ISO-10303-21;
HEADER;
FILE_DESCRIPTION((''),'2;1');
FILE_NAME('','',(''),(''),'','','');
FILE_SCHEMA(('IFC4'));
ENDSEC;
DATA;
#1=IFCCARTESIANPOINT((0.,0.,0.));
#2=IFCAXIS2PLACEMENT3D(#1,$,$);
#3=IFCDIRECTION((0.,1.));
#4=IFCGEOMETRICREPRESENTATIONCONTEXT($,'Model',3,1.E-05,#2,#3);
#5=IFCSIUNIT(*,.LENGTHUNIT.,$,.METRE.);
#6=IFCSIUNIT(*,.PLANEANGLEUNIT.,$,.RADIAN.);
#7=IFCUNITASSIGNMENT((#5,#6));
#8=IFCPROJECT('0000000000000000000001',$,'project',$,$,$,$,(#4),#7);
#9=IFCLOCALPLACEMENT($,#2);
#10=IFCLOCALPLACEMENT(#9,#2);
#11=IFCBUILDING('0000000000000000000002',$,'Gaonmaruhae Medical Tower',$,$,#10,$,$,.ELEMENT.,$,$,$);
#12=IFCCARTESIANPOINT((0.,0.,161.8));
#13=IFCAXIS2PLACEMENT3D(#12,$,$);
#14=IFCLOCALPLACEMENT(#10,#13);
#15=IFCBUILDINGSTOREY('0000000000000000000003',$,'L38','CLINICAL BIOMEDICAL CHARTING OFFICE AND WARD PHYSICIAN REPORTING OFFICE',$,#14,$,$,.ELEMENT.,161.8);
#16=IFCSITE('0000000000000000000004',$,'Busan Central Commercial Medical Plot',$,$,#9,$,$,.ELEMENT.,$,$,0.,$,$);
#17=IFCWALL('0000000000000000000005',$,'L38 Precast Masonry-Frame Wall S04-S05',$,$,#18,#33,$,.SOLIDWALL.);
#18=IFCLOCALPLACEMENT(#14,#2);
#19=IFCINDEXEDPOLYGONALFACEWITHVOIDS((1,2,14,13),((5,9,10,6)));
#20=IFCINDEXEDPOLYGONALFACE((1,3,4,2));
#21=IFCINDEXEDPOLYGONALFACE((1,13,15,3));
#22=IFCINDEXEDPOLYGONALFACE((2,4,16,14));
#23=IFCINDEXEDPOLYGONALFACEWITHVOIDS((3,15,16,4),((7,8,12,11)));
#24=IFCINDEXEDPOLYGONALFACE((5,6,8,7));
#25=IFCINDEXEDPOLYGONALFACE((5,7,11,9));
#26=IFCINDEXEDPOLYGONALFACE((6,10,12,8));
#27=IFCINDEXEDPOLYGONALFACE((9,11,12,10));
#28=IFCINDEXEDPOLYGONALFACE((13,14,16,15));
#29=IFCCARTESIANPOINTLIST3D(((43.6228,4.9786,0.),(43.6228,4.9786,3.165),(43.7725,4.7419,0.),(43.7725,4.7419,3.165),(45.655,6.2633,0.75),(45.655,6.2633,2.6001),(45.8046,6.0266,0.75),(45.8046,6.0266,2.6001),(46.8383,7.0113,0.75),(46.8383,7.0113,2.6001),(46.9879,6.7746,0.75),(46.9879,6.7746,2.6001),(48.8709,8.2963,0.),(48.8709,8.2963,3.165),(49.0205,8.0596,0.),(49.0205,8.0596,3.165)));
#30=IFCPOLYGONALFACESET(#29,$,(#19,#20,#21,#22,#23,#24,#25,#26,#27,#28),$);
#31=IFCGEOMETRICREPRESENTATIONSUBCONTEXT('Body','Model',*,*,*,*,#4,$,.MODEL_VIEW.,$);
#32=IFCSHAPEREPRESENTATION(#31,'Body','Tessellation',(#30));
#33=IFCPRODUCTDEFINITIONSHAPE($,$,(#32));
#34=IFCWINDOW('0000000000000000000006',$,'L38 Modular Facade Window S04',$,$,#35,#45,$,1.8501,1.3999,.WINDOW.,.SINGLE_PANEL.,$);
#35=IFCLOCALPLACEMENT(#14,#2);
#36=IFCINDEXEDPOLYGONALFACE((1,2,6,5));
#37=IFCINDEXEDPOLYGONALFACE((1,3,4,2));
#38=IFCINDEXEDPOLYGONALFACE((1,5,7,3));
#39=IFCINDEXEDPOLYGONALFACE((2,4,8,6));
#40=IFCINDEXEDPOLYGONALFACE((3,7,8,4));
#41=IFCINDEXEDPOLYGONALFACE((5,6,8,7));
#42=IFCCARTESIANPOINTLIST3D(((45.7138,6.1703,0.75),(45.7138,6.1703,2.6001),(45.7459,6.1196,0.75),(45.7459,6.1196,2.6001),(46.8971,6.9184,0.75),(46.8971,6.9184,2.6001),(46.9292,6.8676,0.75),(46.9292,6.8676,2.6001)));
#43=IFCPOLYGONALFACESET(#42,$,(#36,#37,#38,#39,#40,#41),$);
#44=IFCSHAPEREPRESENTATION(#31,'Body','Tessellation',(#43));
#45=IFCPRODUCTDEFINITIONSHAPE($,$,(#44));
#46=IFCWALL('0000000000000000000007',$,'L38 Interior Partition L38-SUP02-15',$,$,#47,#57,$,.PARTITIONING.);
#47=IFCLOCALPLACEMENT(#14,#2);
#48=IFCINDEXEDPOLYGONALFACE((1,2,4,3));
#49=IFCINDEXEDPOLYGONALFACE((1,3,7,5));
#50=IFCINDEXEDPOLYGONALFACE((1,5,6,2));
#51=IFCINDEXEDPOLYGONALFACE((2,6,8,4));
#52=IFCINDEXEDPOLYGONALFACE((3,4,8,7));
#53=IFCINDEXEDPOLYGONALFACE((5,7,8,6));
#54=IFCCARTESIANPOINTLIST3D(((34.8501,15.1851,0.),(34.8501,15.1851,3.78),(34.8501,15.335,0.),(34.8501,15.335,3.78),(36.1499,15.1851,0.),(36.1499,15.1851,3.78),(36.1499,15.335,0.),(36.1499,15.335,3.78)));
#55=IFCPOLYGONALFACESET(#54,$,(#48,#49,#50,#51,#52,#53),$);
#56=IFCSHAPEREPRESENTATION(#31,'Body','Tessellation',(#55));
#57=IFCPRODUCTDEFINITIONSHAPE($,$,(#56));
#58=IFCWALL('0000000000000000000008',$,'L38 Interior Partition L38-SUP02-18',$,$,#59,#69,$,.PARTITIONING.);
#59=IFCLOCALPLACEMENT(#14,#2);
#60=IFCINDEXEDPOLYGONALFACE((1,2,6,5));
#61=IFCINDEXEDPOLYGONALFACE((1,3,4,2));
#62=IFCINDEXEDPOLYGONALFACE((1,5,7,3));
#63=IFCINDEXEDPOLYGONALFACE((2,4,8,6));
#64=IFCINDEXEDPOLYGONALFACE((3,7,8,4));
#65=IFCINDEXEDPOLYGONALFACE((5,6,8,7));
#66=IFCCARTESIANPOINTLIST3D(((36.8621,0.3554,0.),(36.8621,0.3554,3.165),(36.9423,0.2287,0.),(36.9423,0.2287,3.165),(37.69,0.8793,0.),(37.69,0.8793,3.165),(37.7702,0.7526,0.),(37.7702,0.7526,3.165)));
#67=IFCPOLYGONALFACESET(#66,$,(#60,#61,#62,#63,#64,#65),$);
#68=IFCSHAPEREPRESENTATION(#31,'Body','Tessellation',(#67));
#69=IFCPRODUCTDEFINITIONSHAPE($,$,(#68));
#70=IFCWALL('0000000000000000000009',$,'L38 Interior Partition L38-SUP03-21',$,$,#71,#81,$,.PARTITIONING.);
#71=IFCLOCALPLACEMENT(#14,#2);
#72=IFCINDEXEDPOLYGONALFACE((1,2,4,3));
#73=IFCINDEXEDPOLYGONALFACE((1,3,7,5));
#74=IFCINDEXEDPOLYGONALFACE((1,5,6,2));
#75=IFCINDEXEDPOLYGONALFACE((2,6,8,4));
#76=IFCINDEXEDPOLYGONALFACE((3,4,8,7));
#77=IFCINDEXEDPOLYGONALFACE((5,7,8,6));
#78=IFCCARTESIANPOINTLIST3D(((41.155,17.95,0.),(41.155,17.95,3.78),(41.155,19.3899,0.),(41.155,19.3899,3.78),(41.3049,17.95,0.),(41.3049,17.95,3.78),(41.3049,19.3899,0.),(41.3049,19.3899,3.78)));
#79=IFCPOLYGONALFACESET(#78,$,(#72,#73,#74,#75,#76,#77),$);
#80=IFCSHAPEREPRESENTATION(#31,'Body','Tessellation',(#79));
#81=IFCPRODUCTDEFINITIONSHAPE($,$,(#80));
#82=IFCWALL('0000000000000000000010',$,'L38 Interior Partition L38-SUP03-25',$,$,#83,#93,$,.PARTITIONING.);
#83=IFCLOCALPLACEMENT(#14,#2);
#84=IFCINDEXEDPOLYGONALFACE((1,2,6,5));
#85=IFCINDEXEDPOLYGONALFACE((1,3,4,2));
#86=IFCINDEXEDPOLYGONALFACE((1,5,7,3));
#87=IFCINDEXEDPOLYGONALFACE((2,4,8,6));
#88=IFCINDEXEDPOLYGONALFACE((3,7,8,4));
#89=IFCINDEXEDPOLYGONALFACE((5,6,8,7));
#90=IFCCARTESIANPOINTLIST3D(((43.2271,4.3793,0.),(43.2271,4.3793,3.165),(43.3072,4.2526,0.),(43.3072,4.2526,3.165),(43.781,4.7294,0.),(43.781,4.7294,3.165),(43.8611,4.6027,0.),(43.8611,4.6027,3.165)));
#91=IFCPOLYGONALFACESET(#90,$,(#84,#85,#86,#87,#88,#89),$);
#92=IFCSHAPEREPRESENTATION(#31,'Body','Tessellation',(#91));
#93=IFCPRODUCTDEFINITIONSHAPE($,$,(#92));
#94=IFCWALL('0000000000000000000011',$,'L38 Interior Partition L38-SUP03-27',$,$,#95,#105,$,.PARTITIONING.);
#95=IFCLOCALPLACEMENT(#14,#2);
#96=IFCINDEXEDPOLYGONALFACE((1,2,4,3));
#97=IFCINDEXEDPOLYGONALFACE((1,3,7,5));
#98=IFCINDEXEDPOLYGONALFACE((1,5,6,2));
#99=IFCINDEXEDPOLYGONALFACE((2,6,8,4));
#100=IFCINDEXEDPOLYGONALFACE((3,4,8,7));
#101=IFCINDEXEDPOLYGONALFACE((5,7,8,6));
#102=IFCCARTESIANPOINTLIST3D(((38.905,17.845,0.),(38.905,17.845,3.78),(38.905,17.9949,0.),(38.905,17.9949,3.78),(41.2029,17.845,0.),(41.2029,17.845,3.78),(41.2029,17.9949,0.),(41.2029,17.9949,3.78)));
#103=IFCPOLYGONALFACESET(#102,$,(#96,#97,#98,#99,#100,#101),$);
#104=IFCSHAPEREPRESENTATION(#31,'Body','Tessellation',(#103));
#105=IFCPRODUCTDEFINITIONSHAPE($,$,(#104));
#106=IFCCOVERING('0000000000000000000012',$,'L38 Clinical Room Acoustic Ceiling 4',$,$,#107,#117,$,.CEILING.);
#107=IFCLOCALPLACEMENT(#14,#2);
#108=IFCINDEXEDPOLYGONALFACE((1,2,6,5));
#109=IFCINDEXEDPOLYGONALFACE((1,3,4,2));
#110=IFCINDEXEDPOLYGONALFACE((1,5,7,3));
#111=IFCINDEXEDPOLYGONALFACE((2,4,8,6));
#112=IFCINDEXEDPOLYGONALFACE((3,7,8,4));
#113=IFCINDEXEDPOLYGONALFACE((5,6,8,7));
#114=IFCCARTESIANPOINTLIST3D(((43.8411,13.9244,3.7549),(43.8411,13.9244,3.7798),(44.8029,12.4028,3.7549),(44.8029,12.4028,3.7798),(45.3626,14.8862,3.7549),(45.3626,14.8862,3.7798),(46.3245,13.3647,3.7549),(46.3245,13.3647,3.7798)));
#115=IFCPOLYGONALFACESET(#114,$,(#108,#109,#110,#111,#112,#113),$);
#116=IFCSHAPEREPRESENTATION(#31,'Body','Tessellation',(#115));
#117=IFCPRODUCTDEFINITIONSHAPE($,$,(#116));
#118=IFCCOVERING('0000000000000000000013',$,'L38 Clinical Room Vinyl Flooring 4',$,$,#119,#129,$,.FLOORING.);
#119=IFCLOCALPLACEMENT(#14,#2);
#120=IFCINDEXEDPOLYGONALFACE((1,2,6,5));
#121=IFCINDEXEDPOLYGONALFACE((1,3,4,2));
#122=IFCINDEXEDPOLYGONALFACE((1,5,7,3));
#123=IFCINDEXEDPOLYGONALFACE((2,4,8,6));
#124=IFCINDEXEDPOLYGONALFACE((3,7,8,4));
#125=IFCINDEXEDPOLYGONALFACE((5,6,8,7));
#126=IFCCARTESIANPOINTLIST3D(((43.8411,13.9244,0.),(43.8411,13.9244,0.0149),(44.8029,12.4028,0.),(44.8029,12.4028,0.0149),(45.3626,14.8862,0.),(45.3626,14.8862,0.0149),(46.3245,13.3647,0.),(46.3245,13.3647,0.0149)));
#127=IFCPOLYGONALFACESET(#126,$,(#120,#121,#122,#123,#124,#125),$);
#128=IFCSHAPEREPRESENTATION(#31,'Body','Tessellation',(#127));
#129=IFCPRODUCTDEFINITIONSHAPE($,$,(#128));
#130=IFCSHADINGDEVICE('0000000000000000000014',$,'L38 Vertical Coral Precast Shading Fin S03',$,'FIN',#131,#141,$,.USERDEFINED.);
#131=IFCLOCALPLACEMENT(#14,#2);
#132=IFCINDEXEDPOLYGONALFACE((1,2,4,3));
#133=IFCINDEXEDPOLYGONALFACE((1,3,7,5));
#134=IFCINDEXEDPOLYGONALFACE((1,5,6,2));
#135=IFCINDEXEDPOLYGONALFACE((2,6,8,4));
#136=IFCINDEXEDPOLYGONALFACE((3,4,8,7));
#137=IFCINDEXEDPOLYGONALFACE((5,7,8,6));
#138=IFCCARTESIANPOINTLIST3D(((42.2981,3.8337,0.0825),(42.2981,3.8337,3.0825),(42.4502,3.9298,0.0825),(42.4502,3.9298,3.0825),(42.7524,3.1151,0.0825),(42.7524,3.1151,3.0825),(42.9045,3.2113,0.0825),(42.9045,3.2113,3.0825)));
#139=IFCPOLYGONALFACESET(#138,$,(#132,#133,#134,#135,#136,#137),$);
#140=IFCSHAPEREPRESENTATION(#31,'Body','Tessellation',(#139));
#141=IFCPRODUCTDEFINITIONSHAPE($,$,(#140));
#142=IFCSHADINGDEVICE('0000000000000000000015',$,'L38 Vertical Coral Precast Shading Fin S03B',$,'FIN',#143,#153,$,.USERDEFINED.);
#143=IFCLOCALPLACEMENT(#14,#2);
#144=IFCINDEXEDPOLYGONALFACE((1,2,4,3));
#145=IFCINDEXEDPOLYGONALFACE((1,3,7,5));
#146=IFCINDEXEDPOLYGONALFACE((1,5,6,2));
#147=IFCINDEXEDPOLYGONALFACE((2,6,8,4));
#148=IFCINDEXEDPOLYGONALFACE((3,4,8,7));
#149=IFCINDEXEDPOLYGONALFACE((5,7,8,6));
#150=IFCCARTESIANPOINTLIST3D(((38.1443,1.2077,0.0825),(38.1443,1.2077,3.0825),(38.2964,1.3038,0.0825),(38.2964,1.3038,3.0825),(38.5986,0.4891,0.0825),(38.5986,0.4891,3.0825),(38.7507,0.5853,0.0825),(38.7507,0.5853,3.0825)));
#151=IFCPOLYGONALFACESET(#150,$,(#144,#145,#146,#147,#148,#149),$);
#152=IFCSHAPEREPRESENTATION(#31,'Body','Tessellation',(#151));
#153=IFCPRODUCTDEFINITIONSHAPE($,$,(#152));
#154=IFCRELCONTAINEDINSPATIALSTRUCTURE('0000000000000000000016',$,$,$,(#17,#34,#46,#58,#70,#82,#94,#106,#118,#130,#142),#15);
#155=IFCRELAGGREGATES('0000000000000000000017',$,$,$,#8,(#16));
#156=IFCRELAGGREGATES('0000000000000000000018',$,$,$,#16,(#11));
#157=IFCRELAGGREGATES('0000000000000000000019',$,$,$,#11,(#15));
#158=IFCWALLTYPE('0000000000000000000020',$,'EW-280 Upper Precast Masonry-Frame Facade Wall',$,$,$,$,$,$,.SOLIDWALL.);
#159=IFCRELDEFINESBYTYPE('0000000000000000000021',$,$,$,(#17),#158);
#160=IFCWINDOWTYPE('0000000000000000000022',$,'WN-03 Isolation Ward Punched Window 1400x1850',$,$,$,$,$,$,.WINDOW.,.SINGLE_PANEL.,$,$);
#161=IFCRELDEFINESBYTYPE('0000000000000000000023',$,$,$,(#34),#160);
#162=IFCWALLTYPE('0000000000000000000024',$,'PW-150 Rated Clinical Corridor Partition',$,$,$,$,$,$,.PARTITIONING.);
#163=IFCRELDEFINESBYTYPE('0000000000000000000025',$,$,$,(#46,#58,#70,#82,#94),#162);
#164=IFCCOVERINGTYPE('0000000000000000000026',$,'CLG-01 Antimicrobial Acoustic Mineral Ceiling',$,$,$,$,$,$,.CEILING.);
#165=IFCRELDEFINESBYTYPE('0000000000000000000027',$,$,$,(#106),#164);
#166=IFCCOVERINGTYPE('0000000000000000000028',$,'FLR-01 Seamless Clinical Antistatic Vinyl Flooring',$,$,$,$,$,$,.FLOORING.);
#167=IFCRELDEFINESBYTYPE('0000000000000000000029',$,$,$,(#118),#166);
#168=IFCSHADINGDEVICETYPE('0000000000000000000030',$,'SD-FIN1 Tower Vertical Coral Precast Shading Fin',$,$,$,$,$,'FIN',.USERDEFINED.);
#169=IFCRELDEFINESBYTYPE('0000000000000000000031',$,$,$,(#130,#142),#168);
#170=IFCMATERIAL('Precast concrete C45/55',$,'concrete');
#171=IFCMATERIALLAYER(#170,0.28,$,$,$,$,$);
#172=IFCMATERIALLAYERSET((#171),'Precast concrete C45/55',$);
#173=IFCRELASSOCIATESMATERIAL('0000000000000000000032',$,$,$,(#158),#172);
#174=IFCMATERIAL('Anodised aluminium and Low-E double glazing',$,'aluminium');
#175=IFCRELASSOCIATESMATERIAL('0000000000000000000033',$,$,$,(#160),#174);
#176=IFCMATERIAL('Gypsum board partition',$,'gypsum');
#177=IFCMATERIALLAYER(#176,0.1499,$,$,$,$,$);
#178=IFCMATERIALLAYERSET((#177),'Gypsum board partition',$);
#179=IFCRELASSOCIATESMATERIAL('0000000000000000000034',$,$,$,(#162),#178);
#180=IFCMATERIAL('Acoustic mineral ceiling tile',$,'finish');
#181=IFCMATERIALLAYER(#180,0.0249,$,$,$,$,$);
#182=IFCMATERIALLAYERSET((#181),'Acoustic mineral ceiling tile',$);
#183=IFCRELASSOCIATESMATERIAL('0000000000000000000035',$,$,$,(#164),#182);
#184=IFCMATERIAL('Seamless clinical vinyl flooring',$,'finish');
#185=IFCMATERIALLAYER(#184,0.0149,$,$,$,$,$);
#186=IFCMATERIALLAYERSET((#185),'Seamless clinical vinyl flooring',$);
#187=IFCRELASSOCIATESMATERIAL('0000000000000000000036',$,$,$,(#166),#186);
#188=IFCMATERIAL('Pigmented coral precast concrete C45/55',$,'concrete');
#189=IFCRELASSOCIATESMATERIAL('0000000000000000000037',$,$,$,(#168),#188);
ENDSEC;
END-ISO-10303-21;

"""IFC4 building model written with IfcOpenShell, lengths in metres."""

from ifc_helpers import new_model, si_unit, direction, frame, frame_2d, origin, origin_2d, place, context, subcontext, project, spatial, rectangle, extrude, material, layer, layer_set, type_object, element, fill, save


model = new_model("IFC4")

# Units and contexts
model_context = context("Model", 3, precision=1e-05, world=origin(), true_north=direction((0.0, 1.0)))
body_context = subcontext(model_context, "Body", "Model", "MODEL_VIEW")
ifc_project = project(units=[si_unit("LENGTHUNIT", "METRE"), si_unit("PLANEANGLEUNIT", "RADIAN")], contexts=[model_context])

# Site, building, storey
site_placement = place(None, origin())
site = spatial("IfcSite", under=ifc_project, at=site_placement, Name="Busan Central Commercial Medical Plot", CompositionType="ELEMENT", RefElevation=0.0)
building_placement = place(site_placement, origin())
building = spatial("IfcBuilding", under=site, at=building_placement, Name="Gaonmaruhae Medical Tower", CompositionType="ELEMENT")
storey_placement = place(building_placement, frame((0.0, 0.0, 161.8)))
storey = spatial("IfcBuildingStorey", under=building, at=storey_placement, Name="L38", Description="CLINICAL BIOMEDICAL CHARTING OFFICE AND WARD PHYSICIAN REPORTING OFFICE", CompositionType="ELEMENT", Elevation=161.8)

# Wall, opening, window
ifc_material_1 = material(Name="Precast concrete C45/55", Category="concrete")
ifc_layer_1 = layer(ifc_material_1, 0.28)
ifc_layer_set_1 = layer_set([ifc_layer_1], Name="Precast concrete C45/55")
wall_type_1 = type_object("IfcWallType", Name="EW-280 Upper Precast Masonry-Frame Facade Wall", PredefinedType="SOLIDWALL", material=ifc_layer_set_1)
ifc_material_2 = material(Name="Anodised aluminium and Low-E double glazing", Category="aluminium")
wall_1_placement = place(storey_placement, frame((48.9458, 8.178, 0.0), z_axis=(0.0, 0.0, 1.0), x_axis=(-0.845266, -0.534347, 0.0)))
wall_1 = element("IfcWall", 1, at=wall_1_placement, inside=storey, type_object=wall_type_1, Name="L38 Precast Masonry-Frame Wall S04-S05", PredefinedType="SOLIDWALL", context=body_context, shape_type="SweptSolid", body=[
    extrude(rectangle(XDim=6.2087, YDim=0.28, at=frame_2d((3.1045, 0.0))), origin(), (0.0, 0.0, 1.0), 3.165),
])
opening_1_placement = place(wall_1_placement, frame((2.4048, 0.0, 0.75)))
opening_1 = element("IfcOpeningElement", 2, at=opening_1_placement, cuts=wall_1, PredefinedType="OPENING", context=body_context, shape_type="SweptSolid", body=[
    extrude(rectangle(XDim=1.3999, YDim=1.8501, at=frame_2d((0.7, 0.925))), frame((0.0, 0.1499, 0.0), z_axis=(0.0, -1.0, 0.0), x_axis=(1.0, 0.0, 0.0)), (0.0, 0.0, 1.0), 0.3),
])
window_type_1 = type_object("IfcWindowType", Name="WN-03 Isolation Ward Punched Window 1400x1850", PartitioningType="SINGLE_PANEL", PredefinedType="WINDOW", material=ifc_material_2)
window_1_placement = place(opening_1_placement, origin())
window_1 = element("IfcWindow", 3, at=window_1_placement, inside=storey, type_object=window_type_1, Name="L38 Modular Facade Window S04", OverallHeight=1.8501, OverallWidth=1.3999, PartitioningType="SINGLE_PANEL", PredefinedType="WINDOW", context=body_context, shape_type="SweptSolid", body=[
    extrude(rectangle(XDim=1.3999, YDim=1.8501, at=frame_2d((0.7, 0.925))), frame((0.0, 0.03, 0.0), z_axis=(0.0, -1.0, 0.0), x_axis=(1.0, 0.0, 0.0)), (0.0, 0.0, 1.0), 0.0601),
])
fill(opening_1, window_1)

# Walls
ifc_material_3 = material(Name="Gypsum board partition", Category="gypsum")
ifc_layer_2 = layer(ifc_material_3, 0.1499)
ifc_layer_set_2 = layer_set([ifc_layer_2], Name="Gypsum board partition")
wall_type_2 = type_object("IfcWallType", Name="PW-150 Rated Clinical Corridor Partition", PredefinedType="PARTITIONING", material=ifc_layer_set_2)
wall_2_placement = place(storey_placement, frame((36.1499, 15.26, 0.0), z_axis=(0.0, 0.0, 1.0), x_axis=(-1.0, 0.0, 0.0)))
element("IfcWall", 4, at=wall_2_placement, inside=storey, type_object=wall_type_2, Name="L38 Interior Partition L38-SUP02-15", PredefinedType="PARTITIONING", context=body_context, shape_type="SweptSolid", body=[
    extrude(rectangle(XDim=1.2998, YDim=0.1499, at=frame_2d((0.6499, 0.0))), origin(), (0.0, 0.0, 1.0), 3.78),
])
wall_3_placement = place(storey_placement, frame((37.73, 0.8159, 0.0), z_axis=(0.0, 0.0, 1.0), x_axis=(-0.845003, -0.534762, 0.0)))
element("IfcWall", 5, at=wall_3_placement, inside=storey, type_object=wall_type_2, Name="L38 Interior Partition L38-SUP02-18", PredefinedType="PARTITIONING", context=body_context, shape_type="SweptSolid", body=[
    extrude(rectangle(XDim=0.9797, YDim=0.1499, at=frame_2d((0.4897, 0.0))), origin(), (0.0, 0.0, 1.0), 3.165),
])
wall_4_placement = place(storey_placement, frame((41.23, 17.95, 0.0), z_axis=(0.0, 0.0, 1.0), x_axis=(0.0, 1.0, 0.0)))
element("IfcWall", 6, at=wall_4_placement, inside=storey, type_object=wall_type_2, Name="L38 Interior Partition L38-SUP03-21", PredefinedType="PARTITIONING", context=body_context, shape_type="SweptSolid", body=[
    extrude(rectangle(XDim=1.4399, YDim=0.1499, at=frame_2d((0.72, 0.0))), origin(), (0.0, 0.0, 1.0), 3.78),
])
wall_5_placement = place(storey_placement, frame((43.821, 4.666, 0.0), z_axis=(0.0, 0.0, 1.0), x_axis=(-0.84533, -0.534245, 0.0)))
element("IfcWall", 7, at=wall_5_placement, inside=storey, type_object=wall_type_2, Name="L38 Interior Partition L38-SUP03-25", PredefinedType="PARTITIONING", context=body_context, shape_type="SweptSolid", body=[
    extrude(rectangle(XDim=0.6553, YDim=0.1499, at=frame_2d((0.3276, 0.0))), origin(), (0.0, 0.0, 1.0), 3.165),
])
wall_6_placement = place(storey_placement, frame((38.905, 17.9199, 0.0), z_axis=(0.0, 0.0, 1.0), x_axis=(1.0, 0.0, 0.0)))
element("IfcWall", 8, at=wall_6_placement, inside=storey, type_object=wall_type_2, Name="L38 Interior Partition L38-SUP03-27", PredefinedType="PARTITIONING", context=body_context, shape_type="SweptSolid", body=[
    extrude(rectangle(XDim=2.2979, YDim=0.1499, at=frame_2d((1.1489, 0.0))), origin(), (0.0, 0.0, 1.0), 3.78),
])

# Coverings
ifc_material_4 = material(Name="Acoustic mineral ceiling tile", Category="finish")
ifc_layer_3 = layer(ifc_material_4, 0.0249)
ifc_layer_set_3 = layer_set([ifc_layer_3], Name="Acoustic mineral ceiling tile")
covering_type_1 = type_object("IfcCoveringType", Name="CLG-01 Antimicrobial Acoustic Mineral Ceiling", PredefinedType="CEILING", material=ifc_layer_set_3)
covering_1_placement = place(storey_placement, frame((45.0828, 13.6445, 3.7549), z_axis=(0.0, 0.0, 1.0), x_axis=(0.845262, 0.534352, 0.0)))
element("IfcCovering", 9, at=covering_1_placement, inside=storey, type_object=covering_type_1, Name="L38 Clinical Room Acoustic Ceiling 4", PredefinedType="CEILING", context=body_context, shape_type="SweptSolid", body=[
    extrude(rectangle(XDim=1.8, YDim=1.8, at=origin_2d()), origin(), (0.0, 0.0, 1.0), 0.0249),
])
ifc_material_5 = material(Name="Seamless clinical vinyl flooring", Category="finish")
ifc_layer_4 = layer(ifc_material_5, 0.0149)
ifc_layer_set_4 = layer_set([ifc_layer_4], Name="Seamless clinical vinyl flooring")
covering_type_2 = type_object("IfcCoveringType", Name="FLR-01 Seamless Clinical Antistatic Vinyl Flooring", PredefinedType="FLOORING", material=ifc_layer_set_4)
covering_2_placement = place(storey_placement, frame((45.0828, 13.6445, 0.0), z_axis=(0.0, 0.0, 1.0), x_axis=(0.845262, 0.534352, 0.0)))
element("IfcCovering", 10, at=covering_2_placement, inside=storey, type_object=covering_type_2, Name="L38 Clinical Room Vinyl Flooring 4", PredefinedType="FLOORING", context=body_context, shape_type="SweptSolid", body=[
    extrude(rectangle(XDim=1.8, YDim=1.8, at=origin_2d()), origin(), (0.0, 0.0, 1.0), 0.0149),
])

# Shading devices
ifc_material_6 = material(Name="Pigmented coral precast concrete C45/55", Category="concrete")
shading_device_type = type_object("IfcShadingDeviceType", Name="SD-FIN1 Tower Vertical Coral Precast Shading Fin", ElementType="FIN", PredefinedType="USERDEFINED", material=ifc_material_6)
for number, where, z_axis, x_axis, name in (
    (11, (42.6013, 3.5225, 0.0825), (0.0, 0.0, 1.0), (-0.845262, -0.534352, 0.0), "L38 Vertical Coral Precast Shading Fin S03"),
    (12, (38.4475, 0.8965, 0.0825), (0.0, 0.0, 1.0), (-0.845262, -0.534352, 0.0), "L38 Vertical Coral Precast Shading Fin S03B"),
):
    element("IfcShadingDevice", number, at=place(storey_placement, frame(where, z_axis=z_axis, x_axis=x_axis)), inside=storey, type_object=shading_device_type, Name=name, ObjectType="FIN", PredefinedType="USERDEFINED", context=body_context, shape_type="SweptSolid", body=[
        extrude(rectangle(XDim=0.1799, YDim=0.8501, at=origin_2d()), origin(), (0.0, 0.0, 1.0), 3.0),
    ])

save(model, "model.ifc")
